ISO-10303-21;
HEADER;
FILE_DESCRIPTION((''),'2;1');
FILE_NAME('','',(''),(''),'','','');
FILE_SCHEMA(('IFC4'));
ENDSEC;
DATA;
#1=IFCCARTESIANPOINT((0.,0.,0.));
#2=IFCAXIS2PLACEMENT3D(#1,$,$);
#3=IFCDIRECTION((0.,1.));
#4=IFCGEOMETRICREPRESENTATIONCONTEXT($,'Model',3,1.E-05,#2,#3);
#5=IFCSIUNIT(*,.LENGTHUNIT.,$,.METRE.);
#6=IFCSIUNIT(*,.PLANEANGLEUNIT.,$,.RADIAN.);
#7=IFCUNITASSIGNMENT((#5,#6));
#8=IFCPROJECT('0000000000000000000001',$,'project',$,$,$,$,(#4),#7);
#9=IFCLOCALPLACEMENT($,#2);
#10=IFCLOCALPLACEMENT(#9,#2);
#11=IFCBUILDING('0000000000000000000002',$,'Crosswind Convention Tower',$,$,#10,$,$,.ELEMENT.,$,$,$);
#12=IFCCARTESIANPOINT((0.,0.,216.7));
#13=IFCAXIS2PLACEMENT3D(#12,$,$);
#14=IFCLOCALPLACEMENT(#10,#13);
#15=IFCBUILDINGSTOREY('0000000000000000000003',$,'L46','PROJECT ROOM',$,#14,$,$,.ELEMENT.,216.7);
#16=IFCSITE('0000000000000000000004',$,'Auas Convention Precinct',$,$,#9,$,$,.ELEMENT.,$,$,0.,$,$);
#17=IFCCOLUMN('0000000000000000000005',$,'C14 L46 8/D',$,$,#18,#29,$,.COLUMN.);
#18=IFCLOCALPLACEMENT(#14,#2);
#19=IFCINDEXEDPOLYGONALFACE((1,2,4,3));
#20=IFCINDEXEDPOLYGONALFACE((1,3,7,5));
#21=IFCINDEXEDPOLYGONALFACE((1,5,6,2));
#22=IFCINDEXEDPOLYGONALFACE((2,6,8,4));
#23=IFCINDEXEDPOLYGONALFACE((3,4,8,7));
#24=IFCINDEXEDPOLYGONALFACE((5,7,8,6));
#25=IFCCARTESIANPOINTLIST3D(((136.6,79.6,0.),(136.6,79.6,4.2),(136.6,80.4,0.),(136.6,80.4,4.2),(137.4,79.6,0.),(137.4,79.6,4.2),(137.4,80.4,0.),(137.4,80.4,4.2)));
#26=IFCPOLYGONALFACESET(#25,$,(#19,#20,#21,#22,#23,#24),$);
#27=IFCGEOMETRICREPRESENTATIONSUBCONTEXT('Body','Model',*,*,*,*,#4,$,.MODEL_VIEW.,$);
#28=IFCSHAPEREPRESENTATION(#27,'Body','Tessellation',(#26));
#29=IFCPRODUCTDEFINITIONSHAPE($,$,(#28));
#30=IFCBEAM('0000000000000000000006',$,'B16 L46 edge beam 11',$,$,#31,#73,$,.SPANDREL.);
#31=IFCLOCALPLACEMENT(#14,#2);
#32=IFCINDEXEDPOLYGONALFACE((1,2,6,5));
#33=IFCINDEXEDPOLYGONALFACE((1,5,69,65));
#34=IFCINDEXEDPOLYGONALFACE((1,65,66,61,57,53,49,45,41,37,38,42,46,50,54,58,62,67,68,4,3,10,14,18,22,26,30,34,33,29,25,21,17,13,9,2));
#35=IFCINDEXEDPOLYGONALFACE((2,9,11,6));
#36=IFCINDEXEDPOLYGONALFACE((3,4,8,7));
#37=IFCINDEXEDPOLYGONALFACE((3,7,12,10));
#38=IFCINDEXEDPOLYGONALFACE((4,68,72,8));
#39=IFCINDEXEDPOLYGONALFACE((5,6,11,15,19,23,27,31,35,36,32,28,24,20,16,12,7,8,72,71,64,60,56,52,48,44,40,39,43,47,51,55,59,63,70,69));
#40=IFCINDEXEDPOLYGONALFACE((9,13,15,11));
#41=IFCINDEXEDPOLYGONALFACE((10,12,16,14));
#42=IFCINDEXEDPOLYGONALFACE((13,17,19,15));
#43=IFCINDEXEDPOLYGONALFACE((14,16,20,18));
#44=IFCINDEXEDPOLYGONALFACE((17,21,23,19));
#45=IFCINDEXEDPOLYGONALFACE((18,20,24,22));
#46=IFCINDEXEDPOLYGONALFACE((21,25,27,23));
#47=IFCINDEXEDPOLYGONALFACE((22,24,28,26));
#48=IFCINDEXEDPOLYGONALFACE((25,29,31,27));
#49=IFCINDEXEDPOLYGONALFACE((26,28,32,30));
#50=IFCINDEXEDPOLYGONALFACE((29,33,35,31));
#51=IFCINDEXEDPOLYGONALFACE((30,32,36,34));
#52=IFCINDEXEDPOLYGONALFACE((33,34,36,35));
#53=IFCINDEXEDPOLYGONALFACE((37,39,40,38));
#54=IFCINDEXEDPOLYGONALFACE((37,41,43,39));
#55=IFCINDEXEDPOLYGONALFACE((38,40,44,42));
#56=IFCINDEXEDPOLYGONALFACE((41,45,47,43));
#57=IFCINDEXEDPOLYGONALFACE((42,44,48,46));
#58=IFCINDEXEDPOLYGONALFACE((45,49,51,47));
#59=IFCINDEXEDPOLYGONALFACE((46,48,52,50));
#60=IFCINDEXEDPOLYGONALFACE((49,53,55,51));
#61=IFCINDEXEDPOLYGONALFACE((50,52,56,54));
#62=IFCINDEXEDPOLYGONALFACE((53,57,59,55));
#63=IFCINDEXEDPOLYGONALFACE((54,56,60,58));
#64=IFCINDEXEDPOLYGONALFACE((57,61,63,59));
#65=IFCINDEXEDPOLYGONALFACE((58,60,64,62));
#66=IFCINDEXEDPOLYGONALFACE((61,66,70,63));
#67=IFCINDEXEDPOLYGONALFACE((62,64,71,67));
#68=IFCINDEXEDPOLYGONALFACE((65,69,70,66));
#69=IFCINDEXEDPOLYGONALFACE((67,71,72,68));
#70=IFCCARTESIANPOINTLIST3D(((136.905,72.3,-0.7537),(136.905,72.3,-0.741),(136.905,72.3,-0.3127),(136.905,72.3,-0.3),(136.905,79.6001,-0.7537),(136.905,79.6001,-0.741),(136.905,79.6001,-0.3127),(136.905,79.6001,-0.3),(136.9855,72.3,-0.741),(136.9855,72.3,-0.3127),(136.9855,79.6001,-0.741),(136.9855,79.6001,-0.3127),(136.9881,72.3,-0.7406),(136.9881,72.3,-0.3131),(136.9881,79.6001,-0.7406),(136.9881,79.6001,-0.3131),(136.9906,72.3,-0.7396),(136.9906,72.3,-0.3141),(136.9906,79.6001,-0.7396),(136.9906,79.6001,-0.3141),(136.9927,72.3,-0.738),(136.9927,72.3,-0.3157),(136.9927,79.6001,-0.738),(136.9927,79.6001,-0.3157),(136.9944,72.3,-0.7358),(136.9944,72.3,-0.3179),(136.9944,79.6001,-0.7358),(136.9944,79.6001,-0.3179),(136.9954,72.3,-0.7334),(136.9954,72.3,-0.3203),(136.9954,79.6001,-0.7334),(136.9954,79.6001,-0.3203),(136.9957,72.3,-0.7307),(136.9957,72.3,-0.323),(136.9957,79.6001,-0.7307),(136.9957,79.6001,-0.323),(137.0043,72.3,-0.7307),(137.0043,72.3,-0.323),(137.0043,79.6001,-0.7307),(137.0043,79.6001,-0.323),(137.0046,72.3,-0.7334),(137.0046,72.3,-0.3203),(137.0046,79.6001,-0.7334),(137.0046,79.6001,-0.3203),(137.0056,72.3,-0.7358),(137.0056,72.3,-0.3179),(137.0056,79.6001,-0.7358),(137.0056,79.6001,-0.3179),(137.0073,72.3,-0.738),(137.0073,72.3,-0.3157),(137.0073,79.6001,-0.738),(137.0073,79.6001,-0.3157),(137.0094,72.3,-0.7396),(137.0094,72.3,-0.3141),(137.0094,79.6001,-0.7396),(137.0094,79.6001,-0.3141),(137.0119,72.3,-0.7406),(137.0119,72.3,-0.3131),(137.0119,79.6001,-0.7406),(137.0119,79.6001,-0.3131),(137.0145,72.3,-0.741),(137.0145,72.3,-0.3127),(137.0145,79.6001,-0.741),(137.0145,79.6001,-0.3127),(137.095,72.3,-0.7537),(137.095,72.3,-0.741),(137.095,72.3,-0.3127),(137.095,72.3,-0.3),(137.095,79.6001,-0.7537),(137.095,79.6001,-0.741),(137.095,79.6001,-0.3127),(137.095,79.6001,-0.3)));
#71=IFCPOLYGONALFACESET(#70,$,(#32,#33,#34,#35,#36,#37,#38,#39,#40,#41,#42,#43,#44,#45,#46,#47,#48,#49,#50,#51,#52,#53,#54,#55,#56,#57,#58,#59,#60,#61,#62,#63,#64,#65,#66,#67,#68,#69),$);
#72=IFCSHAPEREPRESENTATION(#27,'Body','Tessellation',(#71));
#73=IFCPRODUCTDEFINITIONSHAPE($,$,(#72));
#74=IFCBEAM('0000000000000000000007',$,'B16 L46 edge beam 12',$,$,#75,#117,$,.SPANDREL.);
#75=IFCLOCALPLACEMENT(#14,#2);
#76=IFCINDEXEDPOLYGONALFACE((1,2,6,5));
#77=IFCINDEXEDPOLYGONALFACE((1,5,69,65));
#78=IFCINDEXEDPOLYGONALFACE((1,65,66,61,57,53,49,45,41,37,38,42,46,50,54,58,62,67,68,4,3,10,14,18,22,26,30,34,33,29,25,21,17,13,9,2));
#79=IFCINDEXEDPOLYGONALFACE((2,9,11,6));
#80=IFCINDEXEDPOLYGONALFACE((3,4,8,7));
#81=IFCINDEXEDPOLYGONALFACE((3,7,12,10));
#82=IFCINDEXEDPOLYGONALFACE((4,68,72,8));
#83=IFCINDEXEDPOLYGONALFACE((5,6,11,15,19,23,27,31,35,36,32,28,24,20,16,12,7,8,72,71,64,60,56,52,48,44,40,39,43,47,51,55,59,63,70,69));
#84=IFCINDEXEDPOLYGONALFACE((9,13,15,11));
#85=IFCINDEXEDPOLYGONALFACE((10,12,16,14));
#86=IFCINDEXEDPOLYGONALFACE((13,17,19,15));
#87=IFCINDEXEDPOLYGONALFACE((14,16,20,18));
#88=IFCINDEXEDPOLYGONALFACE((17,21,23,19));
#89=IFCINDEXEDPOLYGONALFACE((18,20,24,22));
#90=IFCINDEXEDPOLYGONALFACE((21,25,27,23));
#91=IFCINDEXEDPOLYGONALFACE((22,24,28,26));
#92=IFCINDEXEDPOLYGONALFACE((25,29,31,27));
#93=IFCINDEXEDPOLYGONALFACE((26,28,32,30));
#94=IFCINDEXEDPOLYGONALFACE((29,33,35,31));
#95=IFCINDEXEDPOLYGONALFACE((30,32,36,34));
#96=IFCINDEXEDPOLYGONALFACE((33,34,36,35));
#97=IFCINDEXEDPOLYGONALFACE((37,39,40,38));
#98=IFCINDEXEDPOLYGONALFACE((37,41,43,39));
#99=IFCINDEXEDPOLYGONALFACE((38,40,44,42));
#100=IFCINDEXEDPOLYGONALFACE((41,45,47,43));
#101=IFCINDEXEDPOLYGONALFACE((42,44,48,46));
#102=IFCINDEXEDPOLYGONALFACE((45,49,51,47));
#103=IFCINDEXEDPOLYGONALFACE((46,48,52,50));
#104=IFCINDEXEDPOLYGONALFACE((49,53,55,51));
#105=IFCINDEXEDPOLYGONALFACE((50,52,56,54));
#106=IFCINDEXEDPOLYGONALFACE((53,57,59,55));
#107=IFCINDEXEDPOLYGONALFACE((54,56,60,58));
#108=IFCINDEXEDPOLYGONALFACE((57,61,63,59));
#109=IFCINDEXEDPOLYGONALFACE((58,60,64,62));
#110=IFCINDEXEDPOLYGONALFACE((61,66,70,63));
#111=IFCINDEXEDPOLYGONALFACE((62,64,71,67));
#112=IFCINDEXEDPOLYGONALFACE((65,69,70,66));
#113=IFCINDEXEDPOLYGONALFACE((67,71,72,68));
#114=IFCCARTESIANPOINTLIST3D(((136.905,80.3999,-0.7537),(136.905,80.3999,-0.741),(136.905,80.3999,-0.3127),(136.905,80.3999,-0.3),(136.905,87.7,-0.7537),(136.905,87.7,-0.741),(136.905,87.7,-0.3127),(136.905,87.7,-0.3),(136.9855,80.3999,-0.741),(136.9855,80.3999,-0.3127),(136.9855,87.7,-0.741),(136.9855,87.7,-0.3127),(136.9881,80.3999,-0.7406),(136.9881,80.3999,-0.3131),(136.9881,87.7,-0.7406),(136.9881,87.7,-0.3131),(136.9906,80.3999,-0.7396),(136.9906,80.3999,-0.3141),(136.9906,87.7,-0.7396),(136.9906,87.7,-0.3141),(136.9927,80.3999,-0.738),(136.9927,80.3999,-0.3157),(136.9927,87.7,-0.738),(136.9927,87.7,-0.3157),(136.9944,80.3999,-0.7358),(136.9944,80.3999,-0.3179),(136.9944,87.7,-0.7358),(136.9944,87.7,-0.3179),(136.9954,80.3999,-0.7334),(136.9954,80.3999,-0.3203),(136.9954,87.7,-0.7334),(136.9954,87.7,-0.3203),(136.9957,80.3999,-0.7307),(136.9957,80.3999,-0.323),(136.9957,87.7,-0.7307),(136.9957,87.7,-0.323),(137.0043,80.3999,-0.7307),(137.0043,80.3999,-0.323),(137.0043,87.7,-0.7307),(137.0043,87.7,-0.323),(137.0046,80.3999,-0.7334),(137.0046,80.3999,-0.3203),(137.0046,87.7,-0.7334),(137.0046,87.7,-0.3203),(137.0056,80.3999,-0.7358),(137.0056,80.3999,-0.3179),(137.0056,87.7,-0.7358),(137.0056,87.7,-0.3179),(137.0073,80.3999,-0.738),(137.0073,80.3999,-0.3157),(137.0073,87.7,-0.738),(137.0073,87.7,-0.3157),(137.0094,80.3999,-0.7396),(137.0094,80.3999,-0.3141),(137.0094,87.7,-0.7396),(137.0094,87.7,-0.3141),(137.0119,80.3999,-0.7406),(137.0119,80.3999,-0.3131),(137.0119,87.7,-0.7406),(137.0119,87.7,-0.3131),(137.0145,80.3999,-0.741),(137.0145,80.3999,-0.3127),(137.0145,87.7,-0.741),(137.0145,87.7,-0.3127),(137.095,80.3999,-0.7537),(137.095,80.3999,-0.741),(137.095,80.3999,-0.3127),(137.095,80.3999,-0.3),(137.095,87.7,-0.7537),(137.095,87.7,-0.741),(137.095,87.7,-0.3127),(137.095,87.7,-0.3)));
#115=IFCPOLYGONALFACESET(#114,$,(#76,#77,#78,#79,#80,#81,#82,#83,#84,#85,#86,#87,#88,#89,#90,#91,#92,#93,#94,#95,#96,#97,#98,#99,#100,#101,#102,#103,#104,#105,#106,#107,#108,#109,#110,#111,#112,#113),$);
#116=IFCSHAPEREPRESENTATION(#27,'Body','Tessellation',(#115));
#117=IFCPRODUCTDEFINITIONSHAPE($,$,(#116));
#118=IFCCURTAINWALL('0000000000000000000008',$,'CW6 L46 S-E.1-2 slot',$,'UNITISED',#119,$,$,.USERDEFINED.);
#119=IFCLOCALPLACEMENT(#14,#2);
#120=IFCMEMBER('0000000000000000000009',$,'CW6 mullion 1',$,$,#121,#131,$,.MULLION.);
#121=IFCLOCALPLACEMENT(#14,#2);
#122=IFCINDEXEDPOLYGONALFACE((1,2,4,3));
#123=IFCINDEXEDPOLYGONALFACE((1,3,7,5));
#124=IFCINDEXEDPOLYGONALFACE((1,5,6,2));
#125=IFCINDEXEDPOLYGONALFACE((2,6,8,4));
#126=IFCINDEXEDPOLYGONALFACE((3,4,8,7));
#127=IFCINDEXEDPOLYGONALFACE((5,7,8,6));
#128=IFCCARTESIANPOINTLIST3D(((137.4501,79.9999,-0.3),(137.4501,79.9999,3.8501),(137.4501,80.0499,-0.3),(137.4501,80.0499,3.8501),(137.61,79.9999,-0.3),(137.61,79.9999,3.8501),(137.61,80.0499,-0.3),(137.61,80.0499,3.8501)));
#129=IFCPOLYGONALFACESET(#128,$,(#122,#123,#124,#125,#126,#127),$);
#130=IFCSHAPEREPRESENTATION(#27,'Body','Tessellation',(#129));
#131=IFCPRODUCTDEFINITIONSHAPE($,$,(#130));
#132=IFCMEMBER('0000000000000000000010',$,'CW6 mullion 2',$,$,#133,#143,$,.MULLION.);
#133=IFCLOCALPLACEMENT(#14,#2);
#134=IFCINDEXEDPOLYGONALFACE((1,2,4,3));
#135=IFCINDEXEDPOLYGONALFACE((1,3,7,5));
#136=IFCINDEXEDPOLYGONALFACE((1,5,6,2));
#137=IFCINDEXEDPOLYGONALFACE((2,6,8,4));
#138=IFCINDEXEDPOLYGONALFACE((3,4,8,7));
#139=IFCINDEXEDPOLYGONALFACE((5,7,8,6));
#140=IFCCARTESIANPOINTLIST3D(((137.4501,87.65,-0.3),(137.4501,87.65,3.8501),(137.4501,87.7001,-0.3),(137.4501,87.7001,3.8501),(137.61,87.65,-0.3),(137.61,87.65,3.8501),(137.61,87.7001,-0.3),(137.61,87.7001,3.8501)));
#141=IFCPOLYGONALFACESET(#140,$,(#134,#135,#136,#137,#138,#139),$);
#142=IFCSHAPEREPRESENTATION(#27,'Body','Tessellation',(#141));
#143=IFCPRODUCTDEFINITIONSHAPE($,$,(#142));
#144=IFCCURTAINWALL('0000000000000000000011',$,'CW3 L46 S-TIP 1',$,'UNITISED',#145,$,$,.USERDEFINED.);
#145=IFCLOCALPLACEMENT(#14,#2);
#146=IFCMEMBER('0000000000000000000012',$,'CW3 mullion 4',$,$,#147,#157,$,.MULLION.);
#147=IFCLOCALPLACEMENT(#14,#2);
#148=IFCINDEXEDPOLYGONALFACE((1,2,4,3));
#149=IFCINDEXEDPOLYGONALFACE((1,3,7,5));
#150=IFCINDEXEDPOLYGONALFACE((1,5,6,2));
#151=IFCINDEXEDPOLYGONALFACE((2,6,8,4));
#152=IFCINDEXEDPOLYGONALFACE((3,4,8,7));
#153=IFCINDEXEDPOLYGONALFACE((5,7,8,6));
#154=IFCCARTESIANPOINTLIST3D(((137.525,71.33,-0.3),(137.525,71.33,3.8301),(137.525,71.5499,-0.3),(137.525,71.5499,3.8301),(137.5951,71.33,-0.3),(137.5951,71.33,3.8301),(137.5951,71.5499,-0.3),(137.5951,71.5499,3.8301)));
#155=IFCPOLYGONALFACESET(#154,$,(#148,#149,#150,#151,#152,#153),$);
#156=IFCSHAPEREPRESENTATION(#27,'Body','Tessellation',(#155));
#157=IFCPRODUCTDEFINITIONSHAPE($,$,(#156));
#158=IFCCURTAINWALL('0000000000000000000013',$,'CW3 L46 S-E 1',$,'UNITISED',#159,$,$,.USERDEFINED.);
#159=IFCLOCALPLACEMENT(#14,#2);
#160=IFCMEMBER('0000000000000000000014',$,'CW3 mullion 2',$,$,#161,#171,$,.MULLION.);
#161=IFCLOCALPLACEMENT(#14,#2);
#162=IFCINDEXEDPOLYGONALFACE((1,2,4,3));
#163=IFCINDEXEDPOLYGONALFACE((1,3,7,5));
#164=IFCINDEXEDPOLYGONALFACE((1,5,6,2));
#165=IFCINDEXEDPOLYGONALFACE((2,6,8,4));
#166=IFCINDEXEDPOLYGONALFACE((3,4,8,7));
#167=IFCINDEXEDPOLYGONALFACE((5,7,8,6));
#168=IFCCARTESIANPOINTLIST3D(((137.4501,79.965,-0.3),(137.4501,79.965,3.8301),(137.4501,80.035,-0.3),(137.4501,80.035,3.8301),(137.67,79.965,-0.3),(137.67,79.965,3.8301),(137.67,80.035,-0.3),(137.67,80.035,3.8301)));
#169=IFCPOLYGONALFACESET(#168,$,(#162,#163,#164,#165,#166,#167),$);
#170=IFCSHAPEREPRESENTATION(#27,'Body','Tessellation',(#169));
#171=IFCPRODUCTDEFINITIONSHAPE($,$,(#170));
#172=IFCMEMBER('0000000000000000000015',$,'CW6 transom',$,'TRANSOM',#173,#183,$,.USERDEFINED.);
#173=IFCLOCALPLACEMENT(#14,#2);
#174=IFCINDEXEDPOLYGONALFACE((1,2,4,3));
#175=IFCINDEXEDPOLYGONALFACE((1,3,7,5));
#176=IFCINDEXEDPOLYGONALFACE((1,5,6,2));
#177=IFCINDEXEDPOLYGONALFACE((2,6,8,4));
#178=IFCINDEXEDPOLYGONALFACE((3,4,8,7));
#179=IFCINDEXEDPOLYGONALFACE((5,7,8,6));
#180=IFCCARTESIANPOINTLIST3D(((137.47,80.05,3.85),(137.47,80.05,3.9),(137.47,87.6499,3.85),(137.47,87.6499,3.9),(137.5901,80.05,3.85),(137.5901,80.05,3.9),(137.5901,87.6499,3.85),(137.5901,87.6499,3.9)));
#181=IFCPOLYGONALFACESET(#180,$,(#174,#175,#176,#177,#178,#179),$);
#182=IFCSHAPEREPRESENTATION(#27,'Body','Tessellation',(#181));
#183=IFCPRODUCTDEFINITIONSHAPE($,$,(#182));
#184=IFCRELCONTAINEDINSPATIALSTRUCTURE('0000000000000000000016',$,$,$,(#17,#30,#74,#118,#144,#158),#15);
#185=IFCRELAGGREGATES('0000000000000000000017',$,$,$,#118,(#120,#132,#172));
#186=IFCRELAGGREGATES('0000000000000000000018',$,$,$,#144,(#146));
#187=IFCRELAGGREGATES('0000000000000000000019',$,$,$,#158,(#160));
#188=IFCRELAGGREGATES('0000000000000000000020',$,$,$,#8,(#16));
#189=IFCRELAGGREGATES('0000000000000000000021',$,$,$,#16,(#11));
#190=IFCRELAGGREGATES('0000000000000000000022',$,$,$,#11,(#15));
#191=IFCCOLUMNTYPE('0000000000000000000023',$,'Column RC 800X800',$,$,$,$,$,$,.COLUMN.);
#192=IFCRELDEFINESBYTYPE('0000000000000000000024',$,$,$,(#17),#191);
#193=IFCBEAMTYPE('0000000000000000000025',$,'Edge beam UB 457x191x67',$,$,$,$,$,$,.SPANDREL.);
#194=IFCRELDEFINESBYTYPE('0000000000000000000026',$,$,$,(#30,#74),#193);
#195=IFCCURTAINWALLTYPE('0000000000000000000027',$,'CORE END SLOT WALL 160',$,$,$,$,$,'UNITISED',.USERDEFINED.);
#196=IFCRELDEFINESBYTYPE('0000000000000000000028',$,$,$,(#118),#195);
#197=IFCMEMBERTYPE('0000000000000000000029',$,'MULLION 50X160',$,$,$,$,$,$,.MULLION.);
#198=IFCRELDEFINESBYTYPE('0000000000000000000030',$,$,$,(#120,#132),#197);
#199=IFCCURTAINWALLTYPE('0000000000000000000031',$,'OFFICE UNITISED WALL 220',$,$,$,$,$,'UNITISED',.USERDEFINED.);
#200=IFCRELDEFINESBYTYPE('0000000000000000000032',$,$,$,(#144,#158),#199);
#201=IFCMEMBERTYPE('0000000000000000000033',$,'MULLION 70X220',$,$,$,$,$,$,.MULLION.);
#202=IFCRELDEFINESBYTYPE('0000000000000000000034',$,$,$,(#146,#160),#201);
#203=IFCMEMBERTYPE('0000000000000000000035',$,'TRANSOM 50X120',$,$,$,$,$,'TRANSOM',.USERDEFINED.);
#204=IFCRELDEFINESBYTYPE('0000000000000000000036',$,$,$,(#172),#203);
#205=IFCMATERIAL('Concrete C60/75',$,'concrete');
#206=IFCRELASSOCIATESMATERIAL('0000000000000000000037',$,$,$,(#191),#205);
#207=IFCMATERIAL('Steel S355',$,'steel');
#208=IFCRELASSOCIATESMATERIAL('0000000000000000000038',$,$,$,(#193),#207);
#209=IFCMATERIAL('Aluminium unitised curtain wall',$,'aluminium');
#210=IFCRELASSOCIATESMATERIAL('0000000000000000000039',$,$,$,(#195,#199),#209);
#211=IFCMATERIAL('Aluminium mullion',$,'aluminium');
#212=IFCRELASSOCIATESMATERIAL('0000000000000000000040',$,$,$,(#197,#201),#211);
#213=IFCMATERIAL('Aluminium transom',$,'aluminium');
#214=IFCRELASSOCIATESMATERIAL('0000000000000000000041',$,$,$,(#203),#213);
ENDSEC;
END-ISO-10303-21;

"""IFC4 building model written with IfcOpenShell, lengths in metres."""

from ifc_helpers import new_model, si_unit, direction, frame, origin, origin_2d, place, context, subcontext, project, spatial, rectangle, i_section, extrude, material, material_profile, profile_set, type_object, element, aggregate, save


model = new_model("IFC4")

# Units and contexts
model_context = context("Model", 3, precision=1e-05, world=origin(), true_north=direction((0.0, 1.0)))
body_context = subcontext(model_context, "Body", "Model", "MODEL_VIEW")
ifc_project = project(units=[si_unit("LENGTHUNIT", "METRE"), si_unit("PLANEANGLEUNIT", "RADIAN")], contexts=[model_context])

# Site, building, storey
site_placement = place(None, origin())
site = spatial("IfcSite", under=ifc_project, at=site_placement, Name="Auas Convention Precinct", CompositionType="ELEMENT", RefElevation=0.0)
building_placement = place(site_placement, origin())
building = spatial("IfcBuilding", under=site, at=building_placement, Name="Crosswind Convention Tower", CompositionType="ELEMENT")
storey_placement = place(building_placement, frame((0.0, 0.0, 216.7)))
storey = spatial("IfcBuildingStorey", under=building, at=storey_placement, Name="L46", Description="PROJECT ROOM", CompositionType="ELEMENT", Elevation=216.7)

# Column
ifc_material_1 = material(Name="Concrete C60/75", Category="concrete")
ifc_material_profile_1 = material_profile(ifc_material_1, rectangle(XDim=0.8, YDim=0.8, at=origin_2d()), Name="RC 800X800")
ifc_profile_set_1 = profile_set([ifc_material_profile_1], Name="Concrete C60/75")
column_type = type_object("IfcColumnType", Name="Column RC 800X800", PredefinedType="COLUMN", material=ifc_profile_set_1)
column_placement = place(storey_placement, frame((137.0, 80.0, 0.0), z_axis=(0.0, 0.0, 1.0), x_axis=(1.0, 0.0, 0.0)))
element("IfcColumn", 1, at=column_placement, inside=storey, type_object=column_type, Name="C14 L46 8/D", PredefinedType="COLUMN", context=body_context, shape_type="SweptSolid", body=[
    extrude(rectangle(XDim=0.8, YDim=0.8, at=origin_2d()), origin(), (0.0, 0.0, 1.0), 4.2),
])

# Beams
ifc_material_2 = material(Name="Steel S355", Category="steel")
ifc_material_profile_2 = material_profile(ifc_material_2, i_section(OverallWidth=0.1899, OverallDepth=0.4536, WebThickness=0.0085, FlangeThickness=0.0127, FilletRadius=0.0103, at=origin_2d()), Name="UB 457x191x67")
ifc_profile_set_2 = profile_set([ifc_material_profile_2], Name="Steel S355")
beam_type = type_object("IfcBeamType", Name="Edge beam UB 457x191x67", PredefinedType="SPANDREL", material=ifc_profile_set_2)
for number, where, z_axis, x_axis, name in (
    (2, (137.0, 72.3, -0.5269), (0.0, 1.0, 0.0), (-1.0, 0.0, 0.0), "B16 L46 edge beam 11"),
    (3, (137.0, 80.3999, -0.5269), (0.0, 1.0, 0.0), (-1.0, 0.0, 0.0), "B16 L46 edge beam 12"),
):
    element("IfcBeam", number, at=place(storey_placement, frame(where, z_axis=z_axis, x_axis=x_axis)), inside=storey, type_object=beam_type, Name=name, PredefinedType="SPANDREL", context=body_context, shape_type="SweptSolid", body=[
        extrude(i_section(OverallWidth=0.1899, OverallDepth=0.4536, WebThickness=0.0085, FlangeThickness=0.0127, FilletRadius=0.0103, at=origin_2d()), origin(), (0.0, 0.0, 1.0), 7.3),
    ])

# Curtain wall, members
ifc_material_3 = material(Name="Aluminium unitised curtain wall", Category="aluminium")
curtain_wall_type_1 = type_object("IfcCurtainWallType", Name="CORE END SLOT WALL 160", ElementType="UNITISED", PredefinedType="USERDEFINED", material=ifc_material_3)
curtain_wall_1_placement = place(storey_placement, origin())
curtain_wall_1 = element("IfcCurtainWall", 4, at=curtain_wall_1_placement, inside=storey, type_object=curtain_wall_type_1, Name="CW6 L46 S-E.1-2 slot", ObjectType="UNITISED", PredefinedType="USERDEFINED")
ifc_material_4 = material(Name="Aluminium mullion", Category="aluminium")
ifc_material_profile_3 = material_profile(ifc_material_4, rectangle(XDim=0.1599, YDim=0.05, at=origin_2d()), Name="AL 160X50")
ifc_profile_set_3 = profile_set([ifc_material_profile_3], Name="Aluminium mullion")
member_type_1 = type_object("IfcMemberType", Name="MULLION 50X160", PredefinedType="MULLION", material=ifc_profile_set_3)
member_1_placement = place(storey_placement, frame((137.53, 80.0249, -0.3), z_axis=(0.0, 0.0, 1.0), x_axis=(1.0, 0.0, 0.0)))
member_1 = element("IfcMember", 5, at=member_1_placement, type_object=member_type_1, Name="CW6 mullion 1", PredefinedType="MULLION", context=body_context, shape_type="SweptSolid", body=[
    extrude(rectangle(XDim=0.1599, YDim=0.05, at=origin_2d()), origin(), (0.0, 0.0, 1.0), 4.1501),
])
member_2_placement = place(storey_placement, frame((137.53, 87.675, -0.3), z_axis=(0.0, 0.0, 1.0), x_axis=(1.0, 0.0, 0.0)))
member_2 = element("IfcMember", 6, at=member_2_placement, type_object=member_type_1, Name="CW6 mullion 2", PredefinedType="MULLION", context=body_context, shape_type="SweptSolid", body=[
    extrude(rectangle(XDim=0.1599, YDim=0.05, at=origin_2d()), origin(), (0.0, 0.0, 1.0), 4.1501),
])

# Curtain walls, members
curtain_wall_type_2 = type_object("IfcCurtainWallType", Name="OFFICE UNITISED WALL 220", ElementType="UNITISED", PredefinedType="USERDEFINED", material=ifc_material_3)
curtain_wall_2_placement = place(storey_placement, origin())
curtain_wall_2 = element("IfcCurtainWall", 7, at=curtain_wall_2_placement, inside=storey, type_object=curtain_wall_type_2, Name="CW3 L46 S-TIP 1", ObjectType="UNITISED", PredefinedType="USERDEFINED")
ifc_material_profile_4 = material_profile(ifc_material_4, rectangle(XDim=0.22, YDim=0.0701, at=origin_2d()), Name="AL 220X70")
ifc_profile_set_4 = profile_set([ifc_material_profile_4], Name="Aluminium mullion")
member_type_2 = type_object("IfcMemberType", Name="MULLION 70X220", PredefinedType="MULLION", material=ifc_profile_set_4)
member_3_placement = place(storey_placement, frame((137.5601, 71.4399, -0.3), z_axis=(0.0, 0.0, 1.0), x_axis=(0.0, -1.0, 0.0)))
member_3 = element("IfcMember", 8, at=member_3_placement, type_object=member_type_2, Name="CW3 mullion 4", PredefinedType="MULLION", context=body_context, shape_type="SweptSolid", body=[
    extrude(rectangle(XDim=0.22, YDim=0.0701, at=origin_2d()), origin(), (0.0, 0.0, 1.0), 4.1301),
])
curtain_wall_3_placement = place(storey_placement, origin())
curtain_wall_3 = element("IfcCurtainWall", 9, at=curtain_wall_3_placement, inside=storey, type_object=curtain_wall_type_2, Name="CW3 L46 S-E 1", ObjectType="UNITISED", PredefinedType="USERDEFINED")
member_4_placement = place(storey_placement, frame((137.5601, 80.0, -0.3), z_axis=(0.0, 0.0, 1.0), x_axis=(1.0, 0.0, 0.0)))
member_4 = element("IfcMember", 10, at=member_4_placement, type_object=member_type_2, Name="CW3 mullion 2", PredefinedType="MULLION", context=body_context, shape_type="SweptSolid", body=[
    extrude(rectangle(XDim=0.22, YDim=0.0701, at=origin_2d()), origin(), (0.0, 0.0, 1.0), 4.1301),
])

# Member
ifc_material_5 = material(Name="Aluminium transom", Category="aluminium")
ifc_material_profile_5 = material_profile(ifc_material_5, rectangle(XDim=0.1201, YDim=0.05, at=origin_2d()), Name="AL 120X50")
ifc_profile_set_5 = profile_set([ifc_material_profile_5], Name="Aluminium transom")
member_type_3 = type_object("IfcMemberType", Name="TRANSOM 50X120", ElementType="TRANSOM", PredefinedType="USERDEFINED", material=ifc_profile_set_5)
member_5_placement = place(storey_placement, frame((137.53, 80.05, 3.875), z_axis=(0.0, 1.0, 0.0), x_axis=(-1.0, 0.0, 0.0)))
member_5 = element("IfcMember", 11, at=member_5_placement, type_object=member_type_3, Name="CW6 transom", ObjectType="TRANSOM", PredefinedType="USERDEFINED", context=body_context, shape_type="SweptSolid", body=[
    extrude(rectangle(XDim=0.1201, YDim=0.05, at=origin_2d()), origin(), (0.0, 0.0, 1.0), 7.5999),
])

aggregate(curtain_wall_1, [member_1, member_2, member_5])
aggregate(curtain_wall_2, [member_3])

aggregate(curtain_wall_3, [member_4])

save(model, "model.ifc")
